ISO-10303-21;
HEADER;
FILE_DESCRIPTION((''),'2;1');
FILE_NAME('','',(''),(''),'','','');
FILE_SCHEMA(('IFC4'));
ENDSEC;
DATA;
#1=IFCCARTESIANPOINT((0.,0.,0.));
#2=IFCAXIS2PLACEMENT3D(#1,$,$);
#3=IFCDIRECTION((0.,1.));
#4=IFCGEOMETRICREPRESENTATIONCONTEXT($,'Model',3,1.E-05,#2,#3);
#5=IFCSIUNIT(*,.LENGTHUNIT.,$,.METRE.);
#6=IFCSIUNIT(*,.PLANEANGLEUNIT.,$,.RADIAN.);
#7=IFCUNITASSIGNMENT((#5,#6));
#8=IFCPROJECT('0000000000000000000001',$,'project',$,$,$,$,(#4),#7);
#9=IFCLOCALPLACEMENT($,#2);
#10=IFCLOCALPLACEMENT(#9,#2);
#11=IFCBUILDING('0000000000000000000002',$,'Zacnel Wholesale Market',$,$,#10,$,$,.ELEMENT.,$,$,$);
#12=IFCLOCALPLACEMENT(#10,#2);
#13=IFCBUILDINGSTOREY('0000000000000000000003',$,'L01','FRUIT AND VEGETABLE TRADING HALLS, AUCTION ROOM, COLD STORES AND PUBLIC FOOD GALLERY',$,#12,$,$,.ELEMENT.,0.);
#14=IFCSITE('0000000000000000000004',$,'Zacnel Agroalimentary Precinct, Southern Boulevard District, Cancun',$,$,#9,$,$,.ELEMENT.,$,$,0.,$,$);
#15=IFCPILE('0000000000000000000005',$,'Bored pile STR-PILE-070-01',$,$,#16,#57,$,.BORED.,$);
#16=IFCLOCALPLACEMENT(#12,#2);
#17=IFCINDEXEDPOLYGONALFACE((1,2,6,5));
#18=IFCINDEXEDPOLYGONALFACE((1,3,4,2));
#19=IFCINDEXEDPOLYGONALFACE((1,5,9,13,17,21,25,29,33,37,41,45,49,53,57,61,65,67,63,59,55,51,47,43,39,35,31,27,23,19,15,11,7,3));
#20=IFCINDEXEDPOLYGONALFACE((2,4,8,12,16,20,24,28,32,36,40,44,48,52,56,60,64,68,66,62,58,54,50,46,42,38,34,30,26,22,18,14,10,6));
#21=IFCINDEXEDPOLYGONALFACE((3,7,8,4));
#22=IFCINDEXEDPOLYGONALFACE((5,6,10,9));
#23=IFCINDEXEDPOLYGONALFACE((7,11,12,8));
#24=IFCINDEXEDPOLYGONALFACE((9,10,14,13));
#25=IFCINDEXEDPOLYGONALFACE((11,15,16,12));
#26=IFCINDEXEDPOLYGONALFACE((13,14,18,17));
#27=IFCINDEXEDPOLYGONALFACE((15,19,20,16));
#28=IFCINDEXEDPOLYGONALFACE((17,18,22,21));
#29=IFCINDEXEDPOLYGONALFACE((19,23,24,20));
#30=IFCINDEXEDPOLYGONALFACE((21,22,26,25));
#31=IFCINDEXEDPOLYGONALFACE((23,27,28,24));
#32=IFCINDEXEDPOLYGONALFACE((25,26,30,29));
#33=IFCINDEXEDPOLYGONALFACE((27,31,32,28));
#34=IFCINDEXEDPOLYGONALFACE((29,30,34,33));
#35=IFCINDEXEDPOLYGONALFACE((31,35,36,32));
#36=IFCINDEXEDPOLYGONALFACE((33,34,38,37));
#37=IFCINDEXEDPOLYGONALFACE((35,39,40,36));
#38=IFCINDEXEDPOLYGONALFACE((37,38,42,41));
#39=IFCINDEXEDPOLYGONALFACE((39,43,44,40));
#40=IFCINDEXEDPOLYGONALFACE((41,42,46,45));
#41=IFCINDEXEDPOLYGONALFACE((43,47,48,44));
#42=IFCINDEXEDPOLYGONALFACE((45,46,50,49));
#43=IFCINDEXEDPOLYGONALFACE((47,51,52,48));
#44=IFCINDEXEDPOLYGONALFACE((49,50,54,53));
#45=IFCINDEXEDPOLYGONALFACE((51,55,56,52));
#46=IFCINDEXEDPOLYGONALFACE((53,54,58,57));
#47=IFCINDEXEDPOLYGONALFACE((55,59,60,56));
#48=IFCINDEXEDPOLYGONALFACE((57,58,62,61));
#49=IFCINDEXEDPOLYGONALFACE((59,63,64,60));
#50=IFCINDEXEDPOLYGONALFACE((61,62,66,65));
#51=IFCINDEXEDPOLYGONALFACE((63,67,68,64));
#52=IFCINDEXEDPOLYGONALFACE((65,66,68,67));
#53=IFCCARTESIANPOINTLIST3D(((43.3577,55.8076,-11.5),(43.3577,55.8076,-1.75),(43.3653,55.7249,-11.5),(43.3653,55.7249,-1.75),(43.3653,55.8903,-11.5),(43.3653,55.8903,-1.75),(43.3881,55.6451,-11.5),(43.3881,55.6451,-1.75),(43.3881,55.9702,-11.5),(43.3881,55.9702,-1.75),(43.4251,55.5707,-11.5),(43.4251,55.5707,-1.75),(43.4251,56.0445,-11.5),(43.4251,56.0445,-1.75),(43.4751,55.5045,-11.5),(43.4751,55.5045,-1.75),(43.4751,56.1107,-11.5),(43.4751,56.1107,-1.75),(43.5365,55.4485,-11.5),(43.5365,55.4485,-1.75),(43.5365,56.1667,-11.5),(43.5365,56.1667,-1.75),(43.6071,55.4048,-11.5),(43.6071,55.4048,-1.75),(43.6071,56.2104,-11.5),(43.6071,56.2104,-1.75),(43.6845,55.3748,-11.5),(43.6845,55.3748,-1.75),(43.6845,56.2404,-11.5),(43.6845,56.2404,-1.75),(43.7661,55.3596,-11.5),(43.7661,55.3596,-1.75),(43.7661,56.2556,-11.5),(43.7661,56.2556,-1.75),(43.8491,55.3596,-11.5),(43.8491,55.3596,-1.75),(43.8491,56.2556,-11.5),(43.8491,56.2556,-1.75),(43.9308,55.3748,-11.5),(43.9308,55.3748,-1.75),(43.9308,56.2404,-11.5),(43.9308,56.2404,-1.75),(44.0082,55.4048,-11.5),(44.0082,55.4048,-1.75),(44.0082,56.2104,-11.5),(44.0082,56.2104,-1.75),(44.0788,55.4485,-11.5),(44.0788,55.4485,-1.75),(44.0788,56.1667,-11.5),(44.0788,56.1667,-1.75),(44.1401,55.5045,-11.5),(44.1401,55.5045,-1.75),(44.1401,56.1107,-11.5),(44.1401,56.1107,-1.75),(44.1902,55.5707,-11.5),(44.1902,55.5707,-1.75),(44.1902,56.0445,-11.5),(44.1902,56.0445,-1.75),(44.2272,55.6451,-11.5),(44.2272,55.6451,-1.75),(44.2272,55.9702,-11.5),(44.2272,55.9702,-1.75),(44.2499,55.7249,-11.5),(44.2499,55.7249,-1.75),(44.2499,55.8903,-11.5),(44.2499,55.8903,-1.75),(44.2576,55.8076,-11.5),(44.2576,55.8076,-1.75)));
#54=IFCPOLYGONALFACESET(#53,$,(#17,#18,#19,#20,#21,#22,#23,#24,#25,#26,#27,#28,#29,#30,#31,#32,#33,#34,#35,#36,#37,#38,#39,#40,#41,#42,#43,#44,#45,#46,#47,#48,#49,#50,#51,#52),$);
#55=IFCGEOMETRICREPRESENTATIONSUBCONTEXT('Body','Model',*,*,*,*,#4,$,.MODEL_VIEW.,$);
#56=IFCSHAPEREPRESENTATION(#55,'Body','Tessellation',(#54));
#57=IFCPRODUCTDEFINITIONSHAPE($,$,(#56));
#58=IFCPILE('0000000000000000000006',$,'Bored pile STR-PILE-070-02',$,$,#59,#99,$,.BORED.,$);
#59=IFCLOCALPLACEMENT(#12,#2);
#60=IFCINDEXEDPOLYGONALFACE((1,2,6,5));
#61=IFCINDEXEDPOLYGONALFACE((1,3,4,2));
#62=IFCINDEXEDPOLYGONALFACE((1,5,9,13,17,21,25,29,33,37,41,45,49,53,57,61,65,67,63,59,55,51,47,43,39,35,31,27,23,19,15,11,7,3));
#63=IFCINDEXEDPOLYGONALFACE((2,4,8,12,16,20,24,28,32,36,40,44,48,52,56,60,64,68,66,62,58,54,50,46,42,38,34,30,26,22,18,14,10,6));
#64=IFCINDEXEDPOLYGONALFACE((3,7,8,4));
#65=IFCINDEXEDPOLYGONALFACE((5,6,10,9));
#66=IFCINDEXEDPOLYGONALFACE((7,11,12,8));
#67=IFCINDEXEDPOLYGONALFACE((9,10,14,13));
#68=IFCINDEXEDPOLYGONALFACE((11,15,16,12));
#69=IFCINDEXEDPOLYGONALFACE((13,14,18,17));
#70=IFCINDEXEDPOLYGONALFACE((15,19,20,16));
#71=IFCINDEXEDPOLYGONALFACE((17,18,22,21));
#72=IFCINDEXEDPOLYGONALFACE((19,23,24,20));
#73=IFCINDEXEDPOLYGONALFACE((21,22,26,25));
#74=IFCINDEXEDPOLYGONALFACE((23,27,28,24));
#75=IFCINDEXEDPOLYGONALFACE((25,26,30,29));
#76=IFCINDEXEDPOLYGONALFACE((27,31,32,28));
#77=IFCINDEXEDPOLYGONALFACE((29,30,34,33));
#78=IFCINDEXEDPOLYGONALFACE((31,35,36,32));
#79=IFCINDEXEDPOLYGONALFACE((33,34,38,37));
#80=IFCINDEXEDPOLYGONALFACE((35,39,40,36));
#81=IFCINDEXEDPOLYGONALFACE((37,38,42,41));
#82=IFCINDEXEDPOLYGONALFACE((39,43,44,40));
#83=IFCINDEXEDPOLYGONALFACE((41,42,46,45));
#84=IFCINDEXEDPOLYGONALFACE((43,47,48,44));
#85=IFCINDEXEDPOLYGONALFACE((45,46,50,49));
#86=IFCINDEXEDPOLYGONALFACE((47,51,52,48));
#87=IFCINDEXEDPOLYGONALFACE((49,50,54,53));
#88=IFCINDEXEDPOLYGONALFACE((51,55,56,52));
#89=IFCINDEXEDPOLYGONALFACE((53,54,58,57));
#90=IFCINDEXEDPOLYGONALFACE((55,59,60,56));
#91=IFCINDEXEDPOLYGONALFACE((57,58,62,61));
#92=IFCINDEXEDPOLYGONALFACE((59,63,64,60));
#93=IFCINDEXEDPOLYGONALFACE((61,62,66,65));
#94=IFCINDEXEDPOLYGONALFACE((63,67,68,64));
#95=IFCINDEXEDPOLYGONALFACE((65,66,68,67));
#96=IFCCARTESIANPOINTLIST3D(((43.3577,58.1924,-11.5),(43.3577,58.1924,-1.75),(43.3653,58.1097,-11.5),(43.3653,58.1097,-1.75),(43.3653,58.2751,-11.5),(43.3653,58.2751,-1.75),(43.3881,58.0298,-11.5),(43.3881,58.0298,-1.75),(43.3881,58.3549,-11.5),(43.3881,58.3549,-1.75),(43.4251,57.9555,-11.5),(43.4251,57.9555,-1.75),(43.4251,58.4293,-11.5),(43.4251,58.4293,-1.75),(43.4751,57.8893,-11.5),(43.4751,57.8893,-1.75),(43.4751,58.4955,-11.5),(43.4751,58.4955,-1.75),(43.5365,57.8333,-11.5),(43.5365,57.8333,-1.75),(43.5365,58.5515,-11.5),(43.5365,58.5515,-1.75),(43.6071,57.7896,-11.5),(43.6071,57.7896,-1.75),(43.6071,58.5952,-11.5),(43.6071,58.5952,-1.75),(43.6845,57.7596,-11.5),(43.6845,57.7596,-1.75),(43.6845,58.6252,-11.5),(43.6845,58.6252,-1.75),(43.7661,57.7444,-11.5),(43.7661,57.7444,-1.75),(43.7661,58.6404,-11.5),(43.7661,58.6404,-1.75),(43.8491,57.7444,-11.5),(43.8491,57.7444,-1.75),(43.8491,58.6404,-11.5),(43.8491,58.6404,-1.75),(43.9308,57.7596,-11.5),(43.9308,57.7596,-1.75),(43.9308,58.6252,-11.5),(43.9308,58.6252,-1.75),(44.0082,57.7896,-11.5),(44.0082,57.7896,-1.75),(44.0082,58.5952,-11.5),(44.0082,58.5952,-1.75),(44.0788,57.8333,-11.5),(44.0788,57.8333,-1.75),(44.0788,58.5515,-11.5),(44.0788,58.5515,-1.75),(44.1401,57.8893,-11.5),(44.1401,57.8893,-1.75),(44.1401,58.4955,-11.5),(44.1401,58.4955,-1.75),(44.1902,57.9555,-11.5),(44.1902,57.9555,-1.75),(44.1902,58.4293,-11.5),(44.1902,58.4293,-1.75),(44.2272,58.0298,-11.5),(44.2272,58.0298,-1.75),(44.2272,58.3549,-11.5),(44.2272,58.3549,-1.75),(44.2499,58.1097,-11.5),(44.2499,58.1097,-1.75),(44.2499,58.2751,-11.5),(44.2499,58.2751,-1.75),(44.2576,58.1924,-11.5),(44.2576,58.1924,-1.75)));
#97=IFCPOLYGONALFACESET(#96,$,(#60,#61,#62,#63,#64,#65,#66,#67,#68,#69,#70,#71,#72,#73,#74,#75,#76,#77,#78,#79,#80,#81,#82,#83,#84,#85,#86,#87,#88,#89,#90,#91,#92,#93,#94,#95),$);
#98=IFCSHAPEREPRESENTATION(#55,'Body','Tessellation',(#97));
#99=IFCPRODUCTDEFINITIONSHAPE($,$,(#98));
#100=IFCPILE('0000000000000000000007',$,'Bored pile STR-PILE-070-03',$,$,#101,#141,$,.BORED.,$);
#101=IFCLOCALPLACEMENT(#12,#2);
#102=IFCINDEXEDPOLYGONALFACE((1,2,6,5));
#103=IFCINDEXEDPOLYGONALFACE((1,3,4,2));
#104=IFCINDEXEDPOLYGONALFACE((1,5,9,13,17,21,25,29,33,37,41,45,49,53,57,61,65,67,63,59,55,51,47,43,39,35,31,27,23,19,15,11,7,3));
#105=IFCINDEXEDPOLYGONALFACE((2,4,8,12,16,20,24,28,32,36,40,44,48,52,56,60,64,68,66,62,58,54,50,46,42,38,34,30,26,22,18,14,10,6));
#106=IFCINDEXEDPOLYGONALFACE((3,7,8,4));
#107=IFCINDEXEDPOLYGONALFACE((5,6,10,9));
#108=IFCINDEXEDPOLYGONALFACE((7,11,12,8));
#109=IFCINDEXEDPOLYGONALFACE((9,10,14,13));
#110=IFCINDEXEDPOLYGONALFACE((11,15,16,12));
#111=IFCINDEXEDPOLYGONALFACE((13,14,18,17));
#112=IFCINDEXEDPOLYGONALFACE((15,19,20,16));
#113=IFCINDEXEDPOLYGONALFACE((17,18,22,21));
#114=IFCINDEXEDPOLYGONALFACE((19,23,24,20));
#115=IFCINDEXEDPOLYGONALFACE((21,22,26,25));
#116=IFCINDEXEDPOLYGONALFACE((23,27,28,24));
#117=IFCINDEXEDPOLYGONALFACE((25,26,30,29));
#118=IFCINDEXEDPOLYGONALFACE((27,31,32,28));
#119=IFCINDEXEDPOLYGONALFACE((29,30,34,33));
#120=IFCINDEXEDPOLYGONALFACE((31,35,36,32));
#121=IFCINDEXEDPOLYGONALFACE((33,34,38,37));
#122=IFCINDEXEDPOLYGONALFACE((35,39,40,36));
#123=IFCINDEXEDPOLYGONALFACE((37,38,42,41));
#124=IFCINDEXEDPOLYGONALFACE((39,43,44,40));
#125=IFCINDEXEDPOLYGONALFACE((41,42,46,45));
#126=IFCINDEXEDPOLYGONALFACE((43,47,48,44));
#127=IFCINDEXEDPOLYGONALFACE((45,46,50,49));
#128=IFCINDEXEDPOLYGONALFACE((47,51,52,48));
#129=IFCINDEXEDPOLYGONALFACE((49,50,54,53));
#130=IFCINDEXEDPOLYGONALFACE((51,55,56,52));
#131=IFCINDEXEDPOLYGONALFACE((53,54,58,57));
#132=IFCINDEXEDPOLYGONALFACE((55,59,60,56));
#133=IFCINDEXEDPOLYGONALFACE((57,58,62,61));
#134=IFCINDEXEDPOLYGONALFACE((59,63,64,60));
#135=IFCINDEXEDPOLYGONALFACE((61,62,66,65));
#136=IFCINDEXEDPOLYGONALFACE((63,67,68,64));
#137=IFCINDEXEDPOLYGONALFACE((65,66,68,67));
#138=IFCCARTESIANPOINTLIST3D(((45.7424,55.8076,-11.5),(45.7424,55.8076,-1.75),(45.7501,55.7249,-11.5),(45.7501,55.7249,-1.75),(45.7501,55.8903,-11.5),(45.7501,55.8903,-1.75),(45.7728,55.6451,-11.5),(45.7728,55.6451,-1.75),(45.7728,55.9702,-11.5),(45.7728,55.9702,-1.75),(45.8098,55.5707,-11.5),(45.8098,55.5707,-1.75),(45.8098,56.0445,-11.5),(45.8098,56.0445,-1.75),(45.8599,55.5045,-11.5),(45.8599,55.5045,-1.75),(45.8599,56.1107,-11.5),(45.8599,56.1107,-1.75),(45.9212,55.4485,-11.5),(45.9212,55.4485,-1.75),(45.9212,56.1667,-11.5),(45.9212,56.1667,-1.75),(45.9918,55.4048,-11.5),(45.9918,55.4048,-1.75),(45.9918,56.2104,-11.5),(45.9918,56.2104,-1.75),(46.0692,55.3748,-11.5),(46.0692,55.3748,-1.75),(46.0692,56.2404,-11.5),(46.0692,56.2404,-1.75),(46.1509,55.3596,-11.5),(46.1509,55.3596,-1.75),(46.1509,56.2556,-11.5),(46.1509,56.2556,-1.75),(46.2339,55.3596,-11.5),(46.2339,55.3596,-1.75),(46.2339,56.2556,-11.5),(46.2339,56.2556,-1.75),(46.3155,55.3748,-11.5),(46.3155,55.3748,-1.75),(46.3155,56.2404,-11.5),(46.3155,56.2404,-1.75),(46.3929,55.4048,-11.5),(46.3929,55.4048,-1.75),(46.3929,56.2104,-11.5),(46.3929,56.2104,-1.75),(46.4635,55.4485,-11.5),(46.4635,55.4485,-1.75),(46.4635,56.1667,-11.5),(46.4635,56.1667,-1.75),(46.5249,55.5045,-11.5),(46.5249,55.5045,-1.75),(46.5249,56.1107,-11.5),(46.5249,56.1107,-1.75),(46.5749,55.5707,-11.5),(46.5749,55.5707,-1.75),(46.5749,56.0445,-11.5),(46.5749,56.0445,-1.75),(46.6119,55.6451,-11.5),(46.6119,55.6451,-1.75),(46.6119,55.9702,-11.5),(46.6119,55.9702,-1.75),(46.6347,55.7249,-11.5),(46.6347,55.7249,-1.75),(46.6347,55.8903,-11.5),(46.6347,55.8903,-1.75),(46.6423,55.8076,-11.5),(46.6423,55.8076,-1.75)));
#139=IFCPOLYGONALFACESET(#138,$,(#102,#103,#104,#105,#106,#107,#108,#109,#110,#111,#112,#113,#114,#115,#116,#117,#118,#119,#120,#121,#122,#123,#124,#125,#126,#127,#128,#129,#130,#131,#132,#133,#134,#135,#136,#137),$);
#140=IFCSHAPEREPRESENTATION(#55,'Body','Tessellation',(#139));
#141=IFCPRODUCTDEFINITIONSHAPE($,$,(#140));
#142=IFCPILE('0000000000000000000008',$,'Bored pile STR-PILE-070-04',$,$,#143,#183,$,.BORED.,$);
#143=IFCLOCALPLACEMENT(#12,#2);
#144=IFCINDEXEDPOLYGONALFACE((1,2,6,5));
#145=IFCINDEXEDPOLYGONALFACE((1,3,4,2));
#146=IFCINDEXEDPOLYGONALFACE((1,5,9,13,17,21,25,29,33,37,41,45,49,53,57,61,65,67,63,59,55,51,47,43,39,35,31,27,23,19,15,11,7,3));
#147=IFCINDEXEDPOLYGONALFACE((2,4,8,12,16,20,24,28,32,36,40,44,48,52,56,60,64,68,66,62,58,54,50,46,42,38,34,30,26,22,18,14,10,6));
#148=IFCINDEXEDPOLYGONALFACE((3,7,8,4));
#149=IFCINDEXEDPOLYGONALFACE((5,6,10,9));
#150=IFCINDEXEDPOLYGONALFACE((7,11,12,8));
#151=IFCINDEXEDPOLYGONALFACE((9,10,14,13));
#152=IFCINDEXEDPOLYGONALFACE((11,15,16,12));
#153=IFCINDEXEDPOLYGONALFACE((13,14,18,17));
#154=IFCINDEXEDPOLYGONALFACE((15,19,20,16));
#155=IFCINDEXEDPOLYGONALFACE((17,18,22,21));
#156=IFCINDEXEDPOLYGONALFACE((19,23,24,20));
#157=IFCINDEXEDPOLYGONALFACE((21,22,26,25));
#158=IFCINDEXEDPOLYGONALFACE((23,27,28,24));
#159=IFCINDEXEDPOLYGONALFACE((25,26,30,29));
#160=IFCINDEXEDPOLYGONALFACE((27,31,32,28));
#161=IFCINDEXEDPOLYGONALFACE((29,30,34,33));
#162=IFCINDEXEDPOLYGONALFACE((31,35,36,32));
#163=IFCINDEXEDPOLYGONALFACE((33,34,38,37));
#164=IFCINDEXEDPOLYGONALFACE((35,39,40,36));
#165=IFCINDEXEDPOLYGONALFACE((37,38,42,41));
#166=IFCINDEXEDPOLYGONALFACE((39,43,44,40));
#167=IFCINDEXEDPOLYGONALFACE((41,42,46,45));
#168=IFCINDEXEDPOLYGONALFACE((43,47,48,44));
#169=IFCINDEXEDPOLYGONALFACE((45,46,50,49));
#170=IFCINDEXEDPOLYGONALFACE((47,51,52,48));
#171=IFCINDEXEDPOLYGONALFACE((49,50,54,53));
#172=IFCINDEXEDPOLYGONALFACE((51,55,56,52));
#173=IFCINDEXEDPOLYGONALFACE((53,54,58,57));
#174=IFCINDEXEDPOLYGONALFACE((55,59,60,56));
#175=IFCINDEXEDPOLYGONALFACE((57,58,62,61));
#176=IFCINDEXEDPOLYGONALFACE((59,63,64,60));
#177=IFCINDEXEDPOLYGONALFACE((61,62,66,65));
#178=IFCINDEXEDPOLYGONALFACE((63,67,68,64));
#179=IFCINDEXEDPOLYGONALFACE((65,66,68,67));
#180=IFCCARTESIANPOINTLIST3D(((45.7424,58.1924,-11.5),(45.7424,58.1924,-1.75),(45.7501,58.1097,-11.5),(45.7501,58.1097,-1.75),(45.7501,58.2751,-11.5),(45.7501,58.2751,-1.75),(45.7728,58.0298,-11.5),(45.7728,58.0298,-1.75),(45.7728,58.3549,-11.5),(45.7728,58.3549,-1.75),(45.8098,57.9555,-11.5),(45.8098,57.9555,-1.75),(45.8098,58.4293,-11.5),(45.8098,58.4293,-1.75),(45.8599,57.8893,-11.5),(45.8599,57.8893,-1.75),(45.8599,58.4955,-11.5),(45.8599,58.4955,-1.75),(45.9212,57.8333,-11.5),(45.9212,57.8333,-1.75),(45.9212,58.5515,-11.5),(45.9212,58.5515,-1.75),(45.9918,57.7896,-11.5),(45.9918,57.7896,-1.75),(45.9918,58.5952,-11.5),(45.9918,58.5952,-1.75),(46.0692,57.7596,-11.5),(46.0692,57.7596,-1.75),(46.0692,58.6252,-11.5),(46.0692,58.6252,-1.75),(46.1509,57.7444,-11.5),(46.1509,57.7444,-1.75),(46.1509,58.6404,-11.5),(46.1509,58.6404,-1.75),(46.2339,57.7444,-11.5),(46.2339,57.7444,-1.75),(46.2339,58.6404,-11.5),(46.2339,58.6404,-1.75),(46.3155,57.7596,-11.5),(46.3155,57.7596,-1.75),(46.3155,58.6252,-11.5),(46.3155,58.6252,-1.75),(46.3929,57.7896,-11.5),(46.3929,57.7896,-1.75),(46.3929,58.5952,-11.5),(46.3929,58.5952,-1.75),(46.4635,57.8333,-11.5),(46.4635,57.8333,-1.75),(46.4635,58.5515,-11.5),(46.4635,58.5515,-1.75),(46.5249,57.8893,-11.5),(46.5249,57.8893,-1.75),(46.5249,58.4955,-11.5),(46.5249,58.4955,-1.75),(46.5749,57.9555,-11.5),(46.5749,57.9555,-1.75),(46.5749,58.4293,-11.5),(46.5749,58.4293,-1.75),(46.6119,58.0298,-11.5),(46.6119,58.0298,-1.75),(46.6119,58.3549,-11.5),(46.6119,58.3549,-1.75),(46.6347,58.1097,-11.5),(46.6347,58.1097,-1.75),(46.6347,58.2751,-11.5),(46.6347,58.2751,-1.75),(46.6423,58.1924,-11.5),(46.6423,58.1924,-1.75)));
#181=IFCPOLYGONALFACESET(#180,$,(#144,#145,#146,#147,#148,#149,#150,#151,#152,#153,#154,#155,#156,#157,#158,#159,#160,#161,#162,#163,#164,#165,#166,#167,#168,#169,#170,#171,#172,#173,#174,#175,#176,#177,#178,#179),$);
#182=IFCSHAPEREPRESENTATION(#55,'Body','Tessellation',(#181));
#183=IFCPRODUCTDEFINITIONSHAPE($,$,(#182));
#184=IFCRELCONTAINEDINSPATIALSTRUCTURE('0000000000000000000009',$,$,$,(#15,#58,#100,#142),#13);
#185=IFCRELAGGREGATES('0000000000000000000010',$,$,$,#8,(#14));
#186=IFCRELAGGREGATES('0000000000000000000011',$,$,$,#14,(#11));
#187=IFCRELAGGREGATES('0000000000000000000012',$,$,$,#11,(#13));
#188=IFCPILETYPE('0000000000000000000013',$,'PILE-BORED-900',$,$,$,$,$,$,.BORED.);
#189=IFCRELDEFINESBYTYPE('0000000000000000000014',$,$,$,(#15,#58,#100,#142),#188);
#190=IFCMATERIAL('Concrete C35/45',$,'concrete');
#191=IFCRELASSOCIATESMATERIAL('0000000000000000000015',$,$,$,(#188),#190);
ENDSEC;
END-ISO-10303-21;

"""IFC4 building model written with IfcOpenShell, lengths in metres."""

from ifc_helpers import new_model, si_unit, direction, frame, origin, origin_2d, place, context, subcontext, project, spatial, circle, extrude, material, material_profile, profile_set, type_object, element, save


model = new_model("IFC4")

# Units and contexts
model_context = context("Model", 3, precision=1e-05, world=origin(), true_north=direction((0.0, 1.0)))
body_context = subcontext(model_context, "Body", "Model", "MODEL_VIEW")
ifc_project = project(units=[si_unit("LENGTHUNIT", "METRE"), si_unit("PLANEANGLEUNIT", "RADIAN")], contexts=[model_context])

# Site, building, storey
site_placement = place(None, origin())
site = spatial("IfcSite", under=ifc_project, at=site_placement, Name="Zacnel Agroalimentary Precinct, Southern Boulevard District, Cancun", CompositionType="ELEMENT", RefElevation=0.0)
building_placement = place(site_placement, origin())
building = spatial("IfcBuilding", under=site, at=building_placement, Name="Zacnel Wholesale Market", CompositionType="ELEMENT")
storey_placement = place(building_placement, origin())
storey = spatial("IfcBuildingStorey", under=building, at=storey_placement, Name="L01", Description="FRUIT AND VEGETABLE TRADING HALLS, AUCTION ROOM, COLD STORES AND PUBLIC FOOD GALLERY", CompositionType="ELEMENT", Elevation=0.0)

# Piles
ifc_material_1 = material(Name="Concrete C35/45", Category="concrete")
ifc_material_profile_1 = material_profile(ifc_material_1, circle(Radius=0.45, at=origin_2d()), Name="BORED PILE D900")
ifc_profile_set_1 = profile_set([ifc_material_profile_1], Name="Concrete C35/45")
pile_type = type_object("IfcPileType", Name="PILE-BORED-900", PredefinedType="BORED", material=ifc_profile_set_1)
for number, where, z_axis, x_axis, name in (
    (1, (43.8076, 55.8076, -1.75), (0.0, 0.0, -1.0), (1.0, 0.0, 0.0), "Bored pile STR-PILE-070-01"),
    (2, (43.8076, 58.1924, -1.75), (0.0, 0.0, -1.0), (1.0, 0.0, 0.0), "Bored pile STR-PILE-070-02"),
    (3, (46.1924, 55.8076, -1.75), (0.0, 0.0, -1.0), (1.0, 0.0, 0.0), "Bored pile STR-PILE-070-03"),
    (4, (46.1924, 58.1924, -1.75), (0.0, 0.0, -1.0), (1.0, 0.0, 0.0), "Bored pile STR-PILE-070-04"),
):
    element("IfcPile", number, at=place(storey_placement, frame(where, z_axis=z_axis, x_axis=x_axis)), inside=storey, type_object=pile_type, Name=name, PredefinedType="BORED", context=body_context, shape_type="SweptSolid", body=[
        extrude(circle(Radius=0.45, at=origin_2d()), origin(), (0.0, 0.0, 1.0), 9.75),
    ])

save(model, "model.ifc")
